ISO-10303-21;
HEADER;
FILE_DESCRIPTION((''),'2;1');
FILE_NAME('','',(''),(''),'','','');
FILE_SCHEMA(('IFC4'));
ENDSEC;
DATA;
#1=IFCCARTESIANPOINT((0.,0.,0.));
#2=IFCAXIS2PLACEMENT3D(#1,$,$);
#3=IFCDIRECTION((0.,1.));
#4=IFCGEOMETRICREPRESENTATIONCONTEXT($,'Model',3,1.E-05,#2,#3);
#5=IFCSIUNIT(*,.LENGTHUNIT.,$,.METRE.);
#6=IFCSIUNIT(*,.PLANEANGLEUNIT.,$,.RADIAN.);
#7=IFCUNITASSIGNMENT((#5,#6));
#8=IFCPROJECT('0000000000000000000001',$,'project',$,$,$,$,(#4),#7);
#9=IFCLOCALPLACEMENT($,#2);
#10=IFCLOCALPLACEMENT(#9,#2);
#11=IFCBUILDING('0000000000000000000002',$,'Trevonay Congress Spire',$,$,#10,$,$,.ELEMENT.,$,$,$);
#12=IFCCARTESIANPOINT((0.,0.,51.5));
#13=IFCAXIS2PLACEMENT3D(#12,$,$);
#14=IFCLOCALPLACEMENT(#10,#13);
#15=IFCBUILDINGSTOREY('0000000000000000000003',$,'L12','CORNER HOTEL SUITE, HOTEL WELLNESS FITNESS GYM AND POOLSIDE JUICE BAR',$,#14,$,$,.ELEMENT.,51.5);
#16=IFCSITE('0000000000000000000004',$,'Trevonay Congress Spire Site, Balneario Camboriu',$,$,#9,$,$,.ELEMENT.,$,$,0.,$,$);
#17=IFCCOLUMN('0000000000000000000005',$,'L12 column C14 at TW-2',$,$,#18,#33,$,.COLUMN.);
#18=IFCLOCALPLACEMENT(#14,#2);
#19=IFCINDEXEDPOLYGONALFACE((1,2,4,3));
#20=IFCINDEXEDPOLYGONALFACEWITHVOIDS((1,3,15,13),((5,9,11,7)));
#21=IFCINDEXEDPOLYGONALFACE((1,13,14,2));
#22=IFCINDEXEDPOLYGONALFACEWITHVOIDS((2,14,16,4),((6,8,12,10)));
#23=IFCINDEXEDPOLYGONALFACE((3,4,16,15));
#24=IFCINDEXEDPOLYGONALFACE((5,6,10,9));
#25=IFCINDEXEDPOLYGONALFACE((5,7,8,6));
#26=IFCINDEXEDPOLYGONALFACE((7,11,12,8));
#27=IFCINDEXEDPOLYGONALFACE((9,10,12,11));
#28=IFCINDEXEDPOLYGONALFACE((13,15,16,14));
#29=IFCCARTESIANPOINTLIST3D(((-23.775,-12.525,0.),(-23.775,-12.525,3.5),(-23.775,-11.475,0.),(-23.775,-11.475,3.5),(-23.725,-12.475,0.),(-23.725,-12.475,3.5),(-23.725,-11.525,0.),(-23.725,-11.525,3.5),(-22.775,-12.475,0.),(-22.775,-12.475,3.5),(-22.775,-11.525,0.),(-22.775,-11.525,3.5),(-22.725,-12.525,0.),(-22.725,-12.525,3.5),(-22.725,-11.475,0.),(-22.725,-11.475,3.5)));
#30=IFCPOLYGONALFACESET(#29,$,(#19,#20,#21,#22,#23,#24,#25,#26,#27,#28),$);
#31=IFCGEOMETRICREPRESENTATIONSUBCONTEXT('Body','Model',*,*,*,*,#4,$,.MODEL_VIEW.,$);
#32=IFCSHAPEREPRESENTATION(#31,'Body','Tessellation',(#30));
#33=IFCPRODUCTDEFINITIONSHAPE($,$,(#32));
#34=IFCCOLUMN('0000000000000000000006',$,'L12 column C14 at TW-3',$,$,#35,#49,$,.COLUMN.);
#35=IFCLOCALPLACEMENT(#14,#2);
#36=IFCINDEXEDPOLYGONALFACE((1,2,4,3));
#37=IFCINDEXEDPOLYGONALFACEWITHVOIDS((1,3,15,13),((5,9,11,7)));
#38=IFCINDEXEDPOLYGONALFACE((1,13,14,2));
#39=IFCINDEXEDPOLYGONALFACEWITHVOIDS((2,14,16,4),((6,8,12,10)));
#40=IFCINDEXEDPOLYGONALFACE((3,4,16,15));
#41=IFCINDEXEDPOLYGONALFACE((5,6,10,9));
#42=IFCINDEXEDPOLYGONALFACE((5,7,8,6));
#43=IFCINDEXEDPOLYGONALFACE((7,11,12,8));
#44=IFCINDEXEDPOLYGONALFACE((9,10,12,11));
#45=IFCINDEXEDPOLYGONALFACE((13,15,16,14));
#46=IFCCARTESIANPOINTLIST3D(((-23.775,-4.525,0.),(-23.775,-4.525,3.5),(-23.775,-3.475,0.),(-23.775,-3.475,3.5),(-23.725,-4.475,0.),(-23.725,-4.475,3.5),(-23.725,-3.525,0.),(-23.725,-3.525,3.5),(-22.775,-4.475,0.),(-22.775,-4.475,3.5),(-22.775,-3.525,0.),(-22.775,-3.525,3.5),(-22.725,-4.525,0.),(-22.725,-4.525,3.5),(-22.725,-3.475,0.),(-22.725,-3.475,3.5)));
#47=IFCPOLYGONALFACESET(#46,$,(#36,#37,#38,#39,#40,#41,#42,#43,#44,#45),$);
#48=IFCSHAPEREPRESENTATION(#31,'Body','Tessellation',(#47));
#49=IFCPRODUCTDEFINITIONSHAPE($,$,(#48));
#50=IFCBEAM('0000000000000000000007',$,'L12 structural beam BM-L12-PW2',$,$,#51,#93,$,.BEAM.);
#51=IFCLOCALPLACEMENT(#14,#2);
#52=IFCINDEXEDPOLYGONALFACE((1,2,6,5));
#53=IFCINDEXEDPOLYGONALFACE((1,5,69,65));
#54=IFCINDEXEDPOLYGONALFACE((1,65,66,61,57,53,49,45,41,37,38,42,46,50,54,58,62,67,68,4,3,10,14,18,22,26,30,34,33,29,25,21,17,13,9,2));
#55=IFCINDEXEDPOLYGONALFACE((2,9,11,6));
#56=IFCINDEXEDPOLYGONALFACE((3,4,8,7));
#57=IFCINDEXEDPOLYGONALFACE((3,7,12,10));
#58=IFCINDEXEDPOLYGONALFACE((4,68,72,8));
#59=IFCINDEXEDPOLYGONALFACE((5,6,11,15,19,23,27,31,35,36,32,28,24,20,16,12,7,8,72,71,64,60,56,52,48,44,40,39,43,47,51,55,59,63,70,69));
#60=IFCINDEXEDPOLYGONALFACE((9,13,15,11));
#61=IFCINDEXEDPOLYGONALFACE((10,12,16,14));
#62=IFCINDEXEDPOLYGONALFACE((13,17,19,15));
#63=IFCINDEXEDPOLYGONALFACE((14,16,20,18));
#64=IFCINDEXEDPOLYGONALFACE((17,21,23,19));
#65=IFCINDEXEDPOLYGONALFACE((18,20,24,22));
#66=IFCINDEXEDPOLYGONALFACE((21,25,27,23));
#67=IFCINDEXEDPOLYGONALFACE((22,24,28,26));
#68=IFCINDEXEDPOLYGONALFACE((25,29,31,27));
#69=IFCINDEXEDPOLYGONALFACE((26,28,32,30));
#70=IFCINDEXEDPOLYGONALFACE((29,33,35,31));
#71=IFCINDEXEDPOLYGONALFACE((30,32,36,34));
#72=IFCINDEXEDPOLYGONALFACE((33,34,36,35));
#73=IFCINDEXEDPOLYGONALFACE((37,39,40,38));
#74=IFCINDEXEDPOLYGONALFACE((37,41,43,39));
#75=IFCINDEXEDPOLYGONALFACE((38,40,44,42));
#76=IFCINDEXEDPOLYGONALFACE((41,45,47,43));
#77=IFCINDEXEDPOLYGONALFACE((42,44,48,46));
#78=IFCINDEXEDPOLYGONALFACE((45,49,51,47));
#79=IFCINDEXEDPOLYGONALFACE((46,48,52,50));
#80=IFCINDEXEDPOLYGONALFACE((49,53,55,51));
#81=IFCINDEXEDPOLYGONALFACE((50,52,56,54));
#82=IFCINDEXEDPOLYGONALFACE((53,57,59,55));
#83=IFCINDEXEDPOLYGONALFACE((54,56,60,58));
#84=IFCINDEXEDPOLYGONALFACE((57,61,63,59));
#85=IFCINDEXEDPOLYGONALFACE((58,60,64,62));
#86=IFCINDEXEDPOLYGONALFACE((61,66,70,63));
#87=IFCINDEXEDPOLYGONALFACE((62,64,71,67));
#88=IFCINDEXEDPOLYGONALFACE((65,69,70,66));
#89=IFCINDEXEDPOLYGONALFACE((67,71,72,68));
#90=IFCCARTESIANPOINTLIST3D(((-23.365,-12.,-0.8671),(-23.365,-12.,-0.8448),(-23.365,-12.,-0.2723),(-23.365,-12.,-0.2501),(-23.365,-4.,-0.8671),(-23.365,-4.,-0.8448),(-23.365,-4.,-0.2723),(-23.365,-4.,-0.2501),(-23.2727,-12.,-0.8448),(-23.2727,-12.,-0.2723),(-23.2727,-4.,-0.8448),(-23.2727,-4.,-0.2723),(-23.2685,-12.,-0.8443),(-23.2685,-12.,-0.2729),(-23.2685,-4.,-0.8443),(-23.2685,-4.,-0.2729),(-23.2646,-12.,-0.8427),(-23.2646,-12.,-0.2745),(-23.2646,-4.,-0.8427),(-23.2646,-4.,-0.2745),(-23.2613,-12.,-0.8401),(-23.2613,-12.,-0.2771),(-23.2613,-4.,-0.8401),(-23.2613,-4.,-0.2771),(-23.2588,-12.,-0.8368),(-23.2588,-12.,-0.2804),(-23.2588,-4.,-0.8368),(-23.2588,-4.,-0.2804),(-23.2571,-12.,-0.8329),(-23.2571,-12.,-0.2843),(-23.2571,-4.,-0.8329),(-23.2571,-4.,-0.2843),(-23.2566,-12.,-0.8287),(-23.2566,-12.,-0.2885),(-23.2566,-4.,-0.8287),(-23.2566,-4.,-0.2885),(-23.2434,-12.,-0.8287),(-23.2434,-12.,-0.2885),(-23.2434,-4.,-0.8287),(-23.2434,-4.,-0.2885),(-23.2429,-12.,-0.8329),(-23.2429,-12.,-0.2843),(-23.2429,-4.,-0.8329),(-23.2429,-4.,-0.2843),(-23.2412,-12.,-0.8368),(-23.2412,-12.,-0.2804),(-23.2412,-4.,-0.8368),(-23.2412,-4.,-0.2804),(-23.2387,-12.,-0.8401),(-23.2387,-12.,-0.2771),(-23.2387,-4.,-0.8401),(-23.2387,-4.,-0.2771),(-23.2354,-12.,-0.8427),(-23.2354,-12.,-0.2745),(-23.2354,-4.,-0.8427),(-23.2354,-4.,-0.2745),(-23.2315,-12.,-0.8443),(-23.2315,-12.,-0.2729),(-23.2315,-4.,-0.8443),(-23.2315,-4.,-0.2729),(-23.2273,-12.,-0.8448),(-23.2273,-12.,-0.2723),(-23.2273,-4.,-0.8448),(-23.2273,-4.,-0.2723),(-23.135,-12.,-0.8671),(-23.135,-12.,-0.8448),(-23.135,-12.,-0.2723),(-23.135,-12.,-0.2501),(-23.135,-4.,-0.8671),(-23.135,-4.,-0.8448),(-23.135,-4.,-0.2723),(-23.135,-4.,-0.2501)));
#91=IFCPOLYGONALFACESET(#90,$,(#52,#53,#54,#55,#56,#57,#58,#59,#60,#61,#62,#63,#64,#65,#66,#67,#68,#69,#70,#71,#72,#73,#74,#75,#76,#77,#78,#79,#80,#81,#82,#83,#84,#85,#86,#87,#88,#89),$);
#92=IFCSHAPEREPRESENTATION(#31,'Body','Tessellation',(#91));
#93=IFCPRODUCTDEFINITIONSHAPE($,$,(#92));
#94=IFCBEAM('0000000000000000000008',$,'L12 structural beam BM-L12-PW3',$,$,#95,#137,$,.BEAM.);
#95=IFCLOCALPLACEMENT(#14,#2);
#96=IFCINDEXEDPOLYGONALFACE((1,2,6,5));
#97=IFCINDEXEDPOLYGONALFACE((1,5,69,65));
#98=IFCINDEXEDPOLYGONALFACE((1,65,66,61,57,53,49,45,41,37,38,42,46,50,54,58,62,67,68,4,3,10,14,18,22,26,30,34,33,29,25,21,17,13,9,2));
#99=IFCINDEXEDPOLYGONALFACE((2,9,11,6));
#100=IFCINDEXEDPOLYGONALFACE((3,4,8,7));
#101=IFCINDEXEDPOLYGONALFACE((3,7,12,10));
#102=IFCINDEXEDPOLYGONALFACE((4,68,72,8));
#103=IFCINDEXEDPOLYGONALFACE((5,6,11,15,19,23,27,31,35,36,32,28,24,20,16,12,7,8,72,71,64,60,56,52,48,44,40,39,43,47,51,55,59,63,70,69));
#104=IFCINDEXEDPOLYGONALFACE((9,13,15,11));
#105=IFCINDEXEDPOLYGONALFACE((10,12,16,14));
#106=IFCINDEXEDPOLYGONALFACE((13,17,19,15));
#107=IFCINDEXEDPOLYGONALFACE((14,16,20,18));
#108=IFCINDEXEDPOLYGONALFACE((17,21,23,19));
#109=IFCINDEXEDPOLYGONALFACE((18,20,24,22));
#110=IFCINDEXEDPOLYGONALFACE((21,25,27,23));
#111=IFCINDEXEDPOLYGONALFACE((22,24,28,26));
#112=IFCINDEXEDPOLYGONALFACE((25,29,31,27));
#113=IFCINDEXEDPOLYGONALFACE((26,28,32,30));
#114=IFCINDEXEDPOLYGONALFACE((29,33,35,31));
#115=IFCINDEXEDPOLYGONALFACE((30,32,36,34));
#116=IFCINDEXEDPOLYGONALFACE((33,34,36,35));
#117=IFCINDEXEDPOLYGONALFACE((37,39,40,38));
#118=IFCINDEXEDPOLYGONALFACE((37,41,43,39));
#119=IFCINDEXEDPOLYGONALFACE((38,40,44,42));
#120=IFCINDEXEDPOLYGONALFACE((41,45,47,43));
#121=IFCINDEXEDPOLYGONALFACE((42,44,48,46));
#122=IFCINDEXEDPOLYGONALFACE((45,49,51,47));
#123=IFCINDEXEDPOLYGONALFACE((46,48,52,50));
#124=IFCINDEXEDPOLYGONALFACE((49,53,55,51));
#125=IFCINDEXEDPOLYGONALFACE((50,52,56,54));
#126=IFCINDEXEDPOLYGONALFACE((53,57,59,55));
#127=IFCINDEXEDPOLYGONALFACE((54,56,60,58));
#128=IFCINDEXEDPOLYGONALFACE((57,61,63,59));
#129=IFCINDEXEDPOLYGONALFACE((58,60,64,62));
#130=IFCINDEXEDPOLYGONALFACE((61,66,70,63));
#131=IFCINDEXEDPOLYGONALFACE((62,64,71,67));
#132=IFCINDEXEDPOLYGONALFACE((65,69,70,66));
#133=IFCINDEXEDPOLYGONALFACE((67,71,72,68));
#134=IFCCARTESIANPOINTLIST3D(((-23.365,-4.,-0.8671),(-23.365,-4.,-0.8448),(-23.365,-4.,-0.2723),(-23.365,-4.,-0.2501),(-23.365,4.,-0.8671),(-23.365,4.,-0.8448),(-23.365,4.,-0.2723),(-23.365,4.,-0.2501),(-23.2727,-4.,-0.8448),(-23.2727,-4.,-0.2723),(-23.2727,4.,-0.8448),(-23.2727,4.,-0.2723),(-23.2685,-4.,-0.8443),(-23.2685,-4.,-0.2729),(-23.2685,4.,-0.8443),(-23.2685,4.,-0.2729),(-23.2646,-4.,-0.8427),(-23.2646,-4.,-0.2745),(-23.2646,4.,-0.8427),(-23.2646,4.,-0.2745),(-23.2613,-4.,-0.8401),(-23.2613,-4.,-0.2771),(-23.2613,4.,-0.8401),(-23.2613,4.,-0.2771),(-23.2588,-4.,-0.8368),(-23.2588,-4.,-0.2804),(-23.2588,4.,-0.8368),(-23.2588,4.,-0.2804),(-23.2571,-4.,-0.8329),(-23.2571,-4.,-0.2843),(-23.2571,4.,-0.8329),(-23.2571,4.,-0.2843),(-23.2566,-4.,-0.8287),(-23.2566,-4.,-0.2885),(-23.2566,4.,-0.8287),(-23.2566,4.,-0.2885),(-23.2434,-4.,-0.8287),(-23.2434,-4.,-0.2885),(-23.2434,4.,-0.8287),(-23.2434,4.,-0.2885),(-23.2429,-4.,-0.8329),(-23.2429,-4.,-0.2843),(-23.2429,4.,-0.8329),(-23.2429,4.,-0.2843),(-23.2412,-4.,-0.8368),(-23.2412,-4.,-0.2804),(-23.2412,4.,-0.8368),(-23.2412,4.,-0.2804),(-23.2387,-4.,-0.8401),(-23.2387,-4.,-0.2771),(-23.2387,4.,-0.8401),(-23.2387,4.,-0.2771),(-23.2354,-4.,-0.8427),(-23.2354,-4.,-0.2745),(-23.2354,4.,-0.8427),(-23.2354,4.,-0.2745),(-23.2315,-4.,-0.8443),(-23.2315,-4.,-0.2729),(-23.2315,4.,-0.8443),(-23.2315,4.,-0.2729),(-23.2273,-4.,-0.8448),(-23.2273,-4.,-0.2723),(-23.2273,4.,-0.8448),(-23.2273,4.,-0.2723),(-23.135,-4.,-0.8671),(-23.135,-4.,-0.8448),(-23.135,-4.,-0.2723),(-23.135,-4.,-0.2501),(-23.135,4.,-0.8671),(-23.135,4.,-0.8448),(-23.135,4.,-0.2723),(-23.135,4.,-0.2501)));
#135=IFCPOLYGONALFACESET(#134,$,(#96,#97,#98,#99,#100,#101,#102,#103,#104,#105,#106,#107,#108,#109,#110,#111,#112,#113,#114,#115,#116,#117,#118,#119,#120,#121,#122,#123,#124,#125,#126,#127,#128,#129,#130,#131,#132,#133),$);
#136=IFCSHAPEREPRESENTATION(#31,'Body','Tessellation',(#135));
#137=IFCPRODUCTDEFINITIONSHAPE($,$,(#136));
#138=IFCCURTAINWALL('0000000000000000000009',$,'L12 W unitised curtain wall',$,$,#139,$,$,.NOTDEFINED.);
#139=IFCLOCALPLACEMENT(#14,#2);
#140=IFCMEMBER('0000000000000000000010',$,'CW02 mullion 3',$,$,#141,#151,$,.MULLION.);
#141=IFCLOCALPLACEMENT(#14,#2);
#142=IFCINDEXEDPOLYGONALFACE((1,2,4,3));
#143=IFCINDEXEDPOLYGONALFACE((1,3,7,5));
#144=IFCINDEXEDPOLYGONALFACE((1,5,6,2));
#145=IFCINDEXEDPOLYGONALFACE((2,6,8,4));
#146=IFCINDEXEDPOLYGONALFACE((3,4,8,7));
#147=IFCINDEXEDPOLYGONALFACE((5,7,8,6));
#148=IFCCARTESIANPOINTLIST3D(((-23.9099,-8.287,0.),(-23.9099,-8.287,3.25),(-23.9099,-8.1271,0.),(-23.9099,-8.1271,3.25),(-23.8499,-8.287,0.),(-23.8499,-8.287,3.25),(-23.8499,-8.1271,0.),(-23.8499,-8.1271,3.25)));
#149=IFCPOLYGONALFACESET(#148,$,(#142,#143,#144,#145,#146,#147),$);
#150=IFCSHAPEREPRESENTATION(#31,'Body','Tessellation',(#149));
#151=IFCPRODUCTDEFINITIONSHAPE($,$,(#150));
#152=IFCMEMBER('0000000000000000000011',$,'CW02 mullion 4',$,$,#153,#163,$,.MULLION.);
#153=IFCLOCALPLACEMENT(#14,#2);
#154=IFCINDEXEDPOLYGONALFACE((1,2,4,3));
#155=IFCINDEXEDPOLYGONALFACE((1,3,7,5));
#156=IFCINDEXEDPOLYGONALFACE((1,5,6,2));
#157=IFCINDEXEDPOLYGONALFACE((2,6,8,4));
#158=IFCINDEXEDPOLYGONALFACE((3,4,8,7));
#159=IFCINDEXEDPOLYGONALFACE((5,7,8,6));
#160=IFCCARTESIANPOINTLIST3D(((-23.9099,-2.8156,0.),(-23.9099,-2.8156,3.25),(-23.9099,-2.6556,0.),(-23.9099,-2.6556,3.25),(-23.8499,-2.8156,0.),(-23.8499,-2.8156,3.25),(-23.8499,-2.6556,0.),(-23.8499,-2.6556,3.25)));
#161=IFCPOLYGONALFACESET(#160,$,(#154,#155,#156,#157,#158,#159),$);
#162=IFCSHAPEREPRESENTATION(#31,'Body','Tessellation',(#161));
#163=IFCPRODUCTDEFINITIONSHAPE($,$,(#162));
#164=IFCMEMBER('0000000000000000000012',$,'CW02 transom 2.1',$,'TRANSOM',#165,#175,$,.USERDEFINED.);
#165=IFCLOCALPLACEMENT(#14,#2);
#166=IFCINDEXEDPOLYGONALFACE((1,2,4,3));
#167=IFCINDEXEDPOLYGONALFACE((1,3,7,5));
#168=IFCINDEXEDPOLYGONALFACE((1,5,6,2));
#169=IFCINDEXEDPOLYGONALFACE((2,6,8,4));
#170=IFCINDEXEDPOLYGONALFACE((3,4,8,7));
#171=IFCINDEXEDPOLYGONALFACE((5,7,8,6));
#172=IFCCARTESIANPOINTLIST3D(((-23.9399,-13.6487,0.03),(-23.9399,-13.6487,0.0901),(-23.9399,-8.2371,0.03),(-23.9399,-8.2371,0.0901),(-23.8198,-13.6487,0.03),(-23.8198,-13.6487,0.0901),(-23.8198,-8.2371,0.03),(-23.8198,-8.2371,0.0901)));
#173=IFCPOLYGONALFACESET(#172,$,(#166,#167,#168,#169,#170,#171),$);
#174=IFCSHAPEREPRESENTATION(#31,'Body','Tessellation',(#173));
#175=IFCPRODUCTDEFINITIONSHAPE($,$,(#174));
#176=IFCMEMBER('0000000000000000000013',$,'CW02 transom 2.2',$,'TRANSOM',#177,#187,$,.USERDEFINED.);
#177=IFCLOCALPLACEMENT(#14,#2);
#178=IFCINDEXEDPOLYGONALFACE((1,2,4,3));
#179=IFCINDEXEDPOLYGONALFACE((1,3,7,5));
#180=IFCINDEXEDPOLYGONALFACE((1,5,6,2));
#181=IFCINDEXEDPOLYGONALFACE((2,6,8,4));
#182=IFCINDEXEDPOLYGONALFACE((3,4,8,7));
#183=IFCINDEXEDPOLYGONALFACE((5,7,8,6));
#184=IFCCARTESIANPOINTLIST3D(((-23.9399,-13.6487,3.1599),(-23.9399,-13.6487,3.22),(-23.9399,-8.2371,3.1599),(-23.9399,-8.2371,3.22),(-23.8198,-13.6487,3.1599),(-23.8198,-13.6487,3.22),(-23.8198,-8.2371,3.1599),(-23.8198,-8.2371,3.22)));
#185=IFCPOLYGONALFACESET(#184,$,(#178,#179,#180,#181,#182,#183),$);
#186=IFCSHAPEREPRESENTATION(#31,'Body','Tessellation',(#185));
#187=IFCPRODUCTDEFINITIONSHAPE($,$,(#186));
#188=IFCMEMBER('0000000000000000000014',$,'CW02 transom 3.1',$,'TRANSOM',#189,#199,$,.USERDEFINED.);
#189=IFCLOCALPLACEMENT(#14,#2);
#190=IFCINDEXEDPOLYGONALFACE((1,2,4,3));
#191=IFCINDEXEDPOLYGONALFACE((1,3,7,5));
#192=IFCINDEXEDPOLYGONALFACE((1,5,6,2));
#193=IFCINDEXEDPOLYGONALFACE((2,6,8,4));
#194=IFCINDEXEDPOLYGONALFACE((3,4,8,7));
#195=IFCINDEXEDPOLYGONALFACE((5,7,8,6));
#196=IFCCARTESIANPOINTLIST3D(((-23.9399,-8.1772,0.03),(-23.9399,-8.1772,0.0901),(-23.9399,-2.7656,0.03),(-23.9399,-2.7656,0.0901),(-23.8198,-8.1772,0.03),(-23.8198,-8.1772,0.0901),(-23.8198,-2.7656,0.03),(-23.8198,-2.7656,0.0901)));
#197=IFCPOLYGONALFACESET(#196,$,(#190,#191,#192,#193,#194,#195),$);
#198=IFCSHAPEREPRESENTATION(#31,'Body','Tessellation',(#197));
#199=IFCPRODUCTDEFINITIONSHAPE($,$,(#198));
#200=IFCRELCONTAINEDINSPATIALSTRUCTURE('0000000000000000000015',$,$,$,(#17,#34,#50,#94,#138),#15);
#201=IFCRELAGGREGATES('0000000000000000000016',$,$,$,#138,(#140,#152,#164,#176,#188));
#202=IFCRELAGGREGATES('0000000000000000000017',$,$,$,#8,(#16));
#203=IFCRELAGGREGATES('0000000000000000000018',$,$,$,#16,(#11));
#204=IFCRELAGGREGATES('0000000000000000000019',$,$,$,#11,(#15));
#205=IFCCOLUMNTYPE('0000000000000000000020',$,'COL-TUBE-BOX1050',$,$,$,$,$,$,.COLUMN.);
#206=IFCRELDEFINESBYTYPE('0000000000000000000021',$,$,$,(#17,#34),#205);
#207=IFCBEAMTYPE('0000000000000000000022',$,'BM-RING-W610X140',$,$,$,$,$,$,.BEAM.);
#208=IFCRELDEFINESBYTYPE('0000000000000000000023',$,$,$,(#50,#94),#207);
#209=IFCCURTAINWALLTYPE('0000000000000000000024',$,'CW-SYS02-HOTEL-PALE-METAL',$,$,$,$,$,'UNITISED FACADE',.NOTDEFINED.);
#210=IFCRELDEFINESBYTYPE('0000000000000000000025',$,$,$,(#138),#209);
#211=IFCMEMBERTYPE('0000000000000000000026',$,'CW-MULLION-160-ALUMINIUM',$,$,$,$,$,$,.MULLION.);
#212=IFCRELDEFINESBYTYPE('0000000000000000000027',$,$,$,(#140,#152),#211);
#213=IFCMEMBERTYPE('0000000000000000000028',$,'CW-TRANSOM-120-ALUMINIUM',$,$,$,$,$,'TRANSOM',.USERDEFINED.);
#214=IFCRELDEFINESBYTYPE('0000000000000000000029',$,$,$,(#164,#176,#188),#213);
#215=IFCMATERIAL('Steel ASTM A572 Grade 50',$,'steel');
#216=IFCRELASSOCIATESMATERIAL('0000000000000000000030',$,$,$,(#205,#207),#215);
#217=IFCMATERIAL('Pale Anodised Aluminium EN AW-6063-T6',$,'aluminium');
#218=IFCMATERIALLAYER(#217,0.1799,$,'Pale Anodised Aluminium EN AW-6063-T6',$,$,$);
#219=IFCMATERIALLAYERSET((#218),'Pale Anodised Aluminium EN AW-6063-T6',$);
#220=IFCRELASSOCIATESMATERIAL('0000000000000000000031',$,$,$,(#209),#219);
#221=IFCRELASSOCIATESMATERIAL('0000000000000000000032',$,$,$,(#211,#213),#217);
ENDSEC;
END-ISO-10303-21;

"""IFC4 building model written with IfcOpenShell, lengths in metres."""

from ifc_helpers import new_model, si_unit, direction, frame, origin, origin_2d, place, context, subcontext, project, spatial, rectangle, hollow_rectangle, i_section, extrude, material, layer, layer_set, material_profile, profile_set, type_object, element, aggregate, save


model = new_model("IFC4")

# Units and contexts
model_context = context("Model", 3, precision=1e-05, world=origin(), true_north=direction((0.0, 1.0)))
body_context = subcontext(model_context, "Body", "Model", "MODEL_VIEW")
ifc_project = project(units=[si_unit("LENGTHUNIT", "METRE"), si_unit("PLANEANGLEUNIT", "RADIAN")], contexts=[model_context])

# Site, building, storey
site_placement = place(None, origin())
site = spatial("IfcSite", under=ifc_project, at=site_placement, Name="Trevonay Congress Spire Site, Balneario Camboriu", CompositionType="ELEMENT", RefElevation=0.0)
building_placement = place(site_placement, origin())
building = spatial("IfcBuilding", under=site, at=building_placement, Name="Trevonay Congress Spire", CompositionType="ELEMENT")
storey_placement = place(building_placement, frame((0.0, 0.0, 51.5)))
storey = spatial("IfcBuildingStorey", under=building, at=storey_placement, Name="L12", Description="CORNER HOTEL SUITE, HOTEL WELLNESS FITNESS GYM AND POOLSIDE JUICE BAR", CompositionType="ELEMENT", Elevation=51.5)

# Columns
ifc_material_1 = material(Name="Steel ASTM A572 Grade 50", Category="steel")
ifc_material_profile_1 = material_profile(ifc_material_1, hollow_rectangle(XDim=1.05, YDim=1.05, WallThickness=0.05, at=origin_2d()), Name="BOX 1050x1050x50")
ifc_profile_set_1 = profile_set([ifc_material_profile_1], Name="Steel ASTM A572 Grade 50")
column_type = type_object("IfcColumnType", Name="COL-TUBE-BOX1050", PredefinedType="COLUMN", material=ifc_profile_set_1)
for number, where, z_axis, x_axis, name in (
    (1, (-23.25, -12.0, 0.0), (0.0, 0.0, 1.0), (1.0, 0.0, 0.0), "L12 column C14 at TW-2"),
    (2, (-23.25, -4.0, 0.0), (0.0, 0.0, 1.0), (1.0, 0.0, 0.0), "L12 column C14 at TW-3"),
):
    element("IfcColumn", number, at=place(storey_placement, frame(where, z_axis=z_axis, x_axis=x_axis)), inside=storey, type_object=column_type, Name=name, PredefinedType="COLUMN", context=body_context, shape_type="SweptSolid", body=[
        extrude(hollow_rectangle(XDim=1.05, YDim=1.05, WallThickness=0.05, at=origin_2d()), origin(), (0.0, 0.0, 1.0), 3.5),
    ])

# Beams
ifc_material_profile_2 = material_profile(ifc_material_1, i_section(OverallWidth=0.23, OverallDepth=0.6169, WebThickness=0.0132, FlangeThickness=0.0222, FilletRadius=0.0161, at=origin_2d()), Name="W610x140")
ifc_profile_set_2 = profile_set([ifc_material_profile_2], Name="Steel ASTM A572 Grade 50")
beam_type_1 = type_object("IfcBeamType", Name="BM-RING-W610X140", PredefinedType="BEAM", material=ifc_profile_set_2)
for number, where, z_axis, x_axis, name in (
    (3, (-23.25, -12.0, -0.5586), (0.0, 1.0, 0.0), (-1.0, 0.0, 0.0), "L12 structural beam BM-L12-PW2"),
    (4, (-23.25, -4.0, -0.5586), (0.0, 1.0, 0.0), (-1.0, 0.0, 0.0), "L12 structural beam BM-L12-PW3"),
):
    element("IfcBeam", number, at=place(storey_placement, frame(where, z_axis=z_axis, x_axis=x_axis)), inside=storey, type_object=beam_type_1, Name=name, PredefinedType="BEAM", context=body_context, shape_type="SweptSolid", body=[
        extrude(i_section(OverallWidth=0.23, OverallDepth=0.6169, WebThickness=0.0132, FlangeThickness=0.0222, FilletRadius=0.0161, at=origin_2d()), origin(), (0.0, 0.0, 1.0), 8.0),
    ])

# Curtain wall, members
ifc_material_2 = material(Name="Pale Anodised Aluminium EN AW-6063-T6", Category="aluminium")
ifc_layer_1 = layer(ifc_material_2, 0.1799, Name="Pale Anodised Aluminium EN AW-6063-T6")
ifc_layer_set_1 = layer_set([ifc_layer_1], Name="Pale Anodised Aluminium EN AW-6063-T6")
curtain_wall_type = type_object("IfcCurtainWallType", Name="CW-SYS02-HOTEL-PALE-METAL", ElementType="UNITISED FACADE", PredefinedType="NOTDEFINED", material=ifc_layer_set_1)
curtain_wall_placement = place(storey_placement, origin())
curtain_wall = element("IfcCurtainWall", 5, at=curtain_wall_placement, inside=storey, type_object=curtain_wall_type, Name="L12 W unitised curtain wall", PredefinedType="NOTDEFINED")
ifc_material_profile_3 = material_profile(ifc_material_2, rectangle(XDim=0.0601, YDim=0.1599, at=origin_2d()), Name="CW-MULLION-160-ALUMINIUM")
ifc_profile_set_3 = profile_set([ifc_material_profile_3], Name="Pale Anodised Aluminium EN AW-6063-T6")
member_type_1 = type_object("IfcMemberType", Name="CW-MULLION-160-ALUMINIUM", PredefinedType="MULLION", material=ifc_profile_set_3)
member_1_placement = place(storey_placement, frame((-23.8799, -8.207, 0.0), z_axis=(0.0, 0.0, 1.0), x_axis=(-1.0, 0.0, 0.0)))
member_1 = element("IfcMember", 6, at=member_1_placement, type_object=member_type_1, Name="CW02 mullion 3", PredefinedType="MULLION", context=body_context, shape_type="SweptSolid", body=[
    extrude(rectangle(XDim=0.0601, YDim=0.1599, at=origin_2d()), origin(), (0.0, 0.0, 1.0), 3.25),
])
member_2_placement = place(storey_placement, frame((-23.8799, -2.7356, 0.0), z_axis=(0.0, 0.0, 1.0), x_axis=(-1.0, 0.0, 0.0)))
member_2 = element("IfcMember", 7, at=member_2_placement, type_object=member_type_1, Name="CW02 mullion 4", PredefinedType="MULLION", context=body_context, shape_type="SweptSolid", body=[
    extrude(rectangle(XDim=0.0601, YDim=0.1599, at=origin_2d()), origin(), (0.0, 0.0, 1.0), 3.25),
])
ifc_material_profile_4 = material_profile(ifc_material_2, rectangle(XDim=0.1201, YDim=0.0601, at=origin_2d()), Name="CW-TRANSOM-120-ALUMINIUM")
ifc_profile_set_4 = profile_set([ifc_material_profile_4], Name="Pale Anodised Aluminium EN AW-6063-T6")
member_type_2 = type_object("IfcMemberType", Name="CW-TRANSOM-120-ALUMINIUM", ElementType="TRANSOM", PredefinedType="USERDEFINED", material=ifc_profile_set_4)
member_3_placement = place(storey_placement, frame((-23.8799, -13.6487, 0.0601), z_axis=(0.0, 1.0, 0.0), x_axis=(-1.0, 0.0, 0.0)))
member_3 = element("IfcMember", 8, at=member_3_placement, type_object=member_type_2, Name="CW02 transom 2.1", ObjectType="TRANSOM", PredefinedType="USERDEFINED", context=body_context, shape_type="SweptSolid", body=[
    extrude(rectangle(XDim=0.1201, YDim=0.0601, at=origin_2d()), origin(), (0.0, 0.0, 1.0), 5.4116),
])
member_4_placement = place(storey_placement, frame((-23.8799, -13.6487, 3.1899), z_axis=(0.0, 1.0, 0.0), x_axis=(-1.0, 0.0, 0.0)))
member_4 = element("IfcMember", 9, at=member_4_placement, type_object=member_type_2, Name="CW02 transom 2.2", ObjectType="TRANSOM", PredefinedType="USERDEFINED", context=body_context, shape_type="SweptSolid", body=[
    extrude(rectangle(XDim=0.1201, YDim=0.0601, at=origin_2d()), origin(), (0.0, 0.0, 1.0), 5.4116),
])
member_5_placement = place(storey_placement, frame((-23.8799, -8.1772, 0.0601), z_axis=(0.0, 1.0, 0.0), x_axis=(-1.0, 0.0, 0.0)))
member_5 = element("IfcMember", 10, at=member_5_placement, type_object=member_type_2, Name="CW02 transom 3.1", ObjectType="TRANSOM", PredefinedType="USERDEFINED", context=body_context, shape_type="SweptSolid", body=[
    extrude(rectangle(XDim=0.1201, YDim=0.0601, at=origin_2d()), origin(), (0.0, 0.0, 1.0), 5.4116),
])

aggregate(curtain_wall, [member_1, member_2, member_3, member_4, member_5])

save(model, "model.ifc")
